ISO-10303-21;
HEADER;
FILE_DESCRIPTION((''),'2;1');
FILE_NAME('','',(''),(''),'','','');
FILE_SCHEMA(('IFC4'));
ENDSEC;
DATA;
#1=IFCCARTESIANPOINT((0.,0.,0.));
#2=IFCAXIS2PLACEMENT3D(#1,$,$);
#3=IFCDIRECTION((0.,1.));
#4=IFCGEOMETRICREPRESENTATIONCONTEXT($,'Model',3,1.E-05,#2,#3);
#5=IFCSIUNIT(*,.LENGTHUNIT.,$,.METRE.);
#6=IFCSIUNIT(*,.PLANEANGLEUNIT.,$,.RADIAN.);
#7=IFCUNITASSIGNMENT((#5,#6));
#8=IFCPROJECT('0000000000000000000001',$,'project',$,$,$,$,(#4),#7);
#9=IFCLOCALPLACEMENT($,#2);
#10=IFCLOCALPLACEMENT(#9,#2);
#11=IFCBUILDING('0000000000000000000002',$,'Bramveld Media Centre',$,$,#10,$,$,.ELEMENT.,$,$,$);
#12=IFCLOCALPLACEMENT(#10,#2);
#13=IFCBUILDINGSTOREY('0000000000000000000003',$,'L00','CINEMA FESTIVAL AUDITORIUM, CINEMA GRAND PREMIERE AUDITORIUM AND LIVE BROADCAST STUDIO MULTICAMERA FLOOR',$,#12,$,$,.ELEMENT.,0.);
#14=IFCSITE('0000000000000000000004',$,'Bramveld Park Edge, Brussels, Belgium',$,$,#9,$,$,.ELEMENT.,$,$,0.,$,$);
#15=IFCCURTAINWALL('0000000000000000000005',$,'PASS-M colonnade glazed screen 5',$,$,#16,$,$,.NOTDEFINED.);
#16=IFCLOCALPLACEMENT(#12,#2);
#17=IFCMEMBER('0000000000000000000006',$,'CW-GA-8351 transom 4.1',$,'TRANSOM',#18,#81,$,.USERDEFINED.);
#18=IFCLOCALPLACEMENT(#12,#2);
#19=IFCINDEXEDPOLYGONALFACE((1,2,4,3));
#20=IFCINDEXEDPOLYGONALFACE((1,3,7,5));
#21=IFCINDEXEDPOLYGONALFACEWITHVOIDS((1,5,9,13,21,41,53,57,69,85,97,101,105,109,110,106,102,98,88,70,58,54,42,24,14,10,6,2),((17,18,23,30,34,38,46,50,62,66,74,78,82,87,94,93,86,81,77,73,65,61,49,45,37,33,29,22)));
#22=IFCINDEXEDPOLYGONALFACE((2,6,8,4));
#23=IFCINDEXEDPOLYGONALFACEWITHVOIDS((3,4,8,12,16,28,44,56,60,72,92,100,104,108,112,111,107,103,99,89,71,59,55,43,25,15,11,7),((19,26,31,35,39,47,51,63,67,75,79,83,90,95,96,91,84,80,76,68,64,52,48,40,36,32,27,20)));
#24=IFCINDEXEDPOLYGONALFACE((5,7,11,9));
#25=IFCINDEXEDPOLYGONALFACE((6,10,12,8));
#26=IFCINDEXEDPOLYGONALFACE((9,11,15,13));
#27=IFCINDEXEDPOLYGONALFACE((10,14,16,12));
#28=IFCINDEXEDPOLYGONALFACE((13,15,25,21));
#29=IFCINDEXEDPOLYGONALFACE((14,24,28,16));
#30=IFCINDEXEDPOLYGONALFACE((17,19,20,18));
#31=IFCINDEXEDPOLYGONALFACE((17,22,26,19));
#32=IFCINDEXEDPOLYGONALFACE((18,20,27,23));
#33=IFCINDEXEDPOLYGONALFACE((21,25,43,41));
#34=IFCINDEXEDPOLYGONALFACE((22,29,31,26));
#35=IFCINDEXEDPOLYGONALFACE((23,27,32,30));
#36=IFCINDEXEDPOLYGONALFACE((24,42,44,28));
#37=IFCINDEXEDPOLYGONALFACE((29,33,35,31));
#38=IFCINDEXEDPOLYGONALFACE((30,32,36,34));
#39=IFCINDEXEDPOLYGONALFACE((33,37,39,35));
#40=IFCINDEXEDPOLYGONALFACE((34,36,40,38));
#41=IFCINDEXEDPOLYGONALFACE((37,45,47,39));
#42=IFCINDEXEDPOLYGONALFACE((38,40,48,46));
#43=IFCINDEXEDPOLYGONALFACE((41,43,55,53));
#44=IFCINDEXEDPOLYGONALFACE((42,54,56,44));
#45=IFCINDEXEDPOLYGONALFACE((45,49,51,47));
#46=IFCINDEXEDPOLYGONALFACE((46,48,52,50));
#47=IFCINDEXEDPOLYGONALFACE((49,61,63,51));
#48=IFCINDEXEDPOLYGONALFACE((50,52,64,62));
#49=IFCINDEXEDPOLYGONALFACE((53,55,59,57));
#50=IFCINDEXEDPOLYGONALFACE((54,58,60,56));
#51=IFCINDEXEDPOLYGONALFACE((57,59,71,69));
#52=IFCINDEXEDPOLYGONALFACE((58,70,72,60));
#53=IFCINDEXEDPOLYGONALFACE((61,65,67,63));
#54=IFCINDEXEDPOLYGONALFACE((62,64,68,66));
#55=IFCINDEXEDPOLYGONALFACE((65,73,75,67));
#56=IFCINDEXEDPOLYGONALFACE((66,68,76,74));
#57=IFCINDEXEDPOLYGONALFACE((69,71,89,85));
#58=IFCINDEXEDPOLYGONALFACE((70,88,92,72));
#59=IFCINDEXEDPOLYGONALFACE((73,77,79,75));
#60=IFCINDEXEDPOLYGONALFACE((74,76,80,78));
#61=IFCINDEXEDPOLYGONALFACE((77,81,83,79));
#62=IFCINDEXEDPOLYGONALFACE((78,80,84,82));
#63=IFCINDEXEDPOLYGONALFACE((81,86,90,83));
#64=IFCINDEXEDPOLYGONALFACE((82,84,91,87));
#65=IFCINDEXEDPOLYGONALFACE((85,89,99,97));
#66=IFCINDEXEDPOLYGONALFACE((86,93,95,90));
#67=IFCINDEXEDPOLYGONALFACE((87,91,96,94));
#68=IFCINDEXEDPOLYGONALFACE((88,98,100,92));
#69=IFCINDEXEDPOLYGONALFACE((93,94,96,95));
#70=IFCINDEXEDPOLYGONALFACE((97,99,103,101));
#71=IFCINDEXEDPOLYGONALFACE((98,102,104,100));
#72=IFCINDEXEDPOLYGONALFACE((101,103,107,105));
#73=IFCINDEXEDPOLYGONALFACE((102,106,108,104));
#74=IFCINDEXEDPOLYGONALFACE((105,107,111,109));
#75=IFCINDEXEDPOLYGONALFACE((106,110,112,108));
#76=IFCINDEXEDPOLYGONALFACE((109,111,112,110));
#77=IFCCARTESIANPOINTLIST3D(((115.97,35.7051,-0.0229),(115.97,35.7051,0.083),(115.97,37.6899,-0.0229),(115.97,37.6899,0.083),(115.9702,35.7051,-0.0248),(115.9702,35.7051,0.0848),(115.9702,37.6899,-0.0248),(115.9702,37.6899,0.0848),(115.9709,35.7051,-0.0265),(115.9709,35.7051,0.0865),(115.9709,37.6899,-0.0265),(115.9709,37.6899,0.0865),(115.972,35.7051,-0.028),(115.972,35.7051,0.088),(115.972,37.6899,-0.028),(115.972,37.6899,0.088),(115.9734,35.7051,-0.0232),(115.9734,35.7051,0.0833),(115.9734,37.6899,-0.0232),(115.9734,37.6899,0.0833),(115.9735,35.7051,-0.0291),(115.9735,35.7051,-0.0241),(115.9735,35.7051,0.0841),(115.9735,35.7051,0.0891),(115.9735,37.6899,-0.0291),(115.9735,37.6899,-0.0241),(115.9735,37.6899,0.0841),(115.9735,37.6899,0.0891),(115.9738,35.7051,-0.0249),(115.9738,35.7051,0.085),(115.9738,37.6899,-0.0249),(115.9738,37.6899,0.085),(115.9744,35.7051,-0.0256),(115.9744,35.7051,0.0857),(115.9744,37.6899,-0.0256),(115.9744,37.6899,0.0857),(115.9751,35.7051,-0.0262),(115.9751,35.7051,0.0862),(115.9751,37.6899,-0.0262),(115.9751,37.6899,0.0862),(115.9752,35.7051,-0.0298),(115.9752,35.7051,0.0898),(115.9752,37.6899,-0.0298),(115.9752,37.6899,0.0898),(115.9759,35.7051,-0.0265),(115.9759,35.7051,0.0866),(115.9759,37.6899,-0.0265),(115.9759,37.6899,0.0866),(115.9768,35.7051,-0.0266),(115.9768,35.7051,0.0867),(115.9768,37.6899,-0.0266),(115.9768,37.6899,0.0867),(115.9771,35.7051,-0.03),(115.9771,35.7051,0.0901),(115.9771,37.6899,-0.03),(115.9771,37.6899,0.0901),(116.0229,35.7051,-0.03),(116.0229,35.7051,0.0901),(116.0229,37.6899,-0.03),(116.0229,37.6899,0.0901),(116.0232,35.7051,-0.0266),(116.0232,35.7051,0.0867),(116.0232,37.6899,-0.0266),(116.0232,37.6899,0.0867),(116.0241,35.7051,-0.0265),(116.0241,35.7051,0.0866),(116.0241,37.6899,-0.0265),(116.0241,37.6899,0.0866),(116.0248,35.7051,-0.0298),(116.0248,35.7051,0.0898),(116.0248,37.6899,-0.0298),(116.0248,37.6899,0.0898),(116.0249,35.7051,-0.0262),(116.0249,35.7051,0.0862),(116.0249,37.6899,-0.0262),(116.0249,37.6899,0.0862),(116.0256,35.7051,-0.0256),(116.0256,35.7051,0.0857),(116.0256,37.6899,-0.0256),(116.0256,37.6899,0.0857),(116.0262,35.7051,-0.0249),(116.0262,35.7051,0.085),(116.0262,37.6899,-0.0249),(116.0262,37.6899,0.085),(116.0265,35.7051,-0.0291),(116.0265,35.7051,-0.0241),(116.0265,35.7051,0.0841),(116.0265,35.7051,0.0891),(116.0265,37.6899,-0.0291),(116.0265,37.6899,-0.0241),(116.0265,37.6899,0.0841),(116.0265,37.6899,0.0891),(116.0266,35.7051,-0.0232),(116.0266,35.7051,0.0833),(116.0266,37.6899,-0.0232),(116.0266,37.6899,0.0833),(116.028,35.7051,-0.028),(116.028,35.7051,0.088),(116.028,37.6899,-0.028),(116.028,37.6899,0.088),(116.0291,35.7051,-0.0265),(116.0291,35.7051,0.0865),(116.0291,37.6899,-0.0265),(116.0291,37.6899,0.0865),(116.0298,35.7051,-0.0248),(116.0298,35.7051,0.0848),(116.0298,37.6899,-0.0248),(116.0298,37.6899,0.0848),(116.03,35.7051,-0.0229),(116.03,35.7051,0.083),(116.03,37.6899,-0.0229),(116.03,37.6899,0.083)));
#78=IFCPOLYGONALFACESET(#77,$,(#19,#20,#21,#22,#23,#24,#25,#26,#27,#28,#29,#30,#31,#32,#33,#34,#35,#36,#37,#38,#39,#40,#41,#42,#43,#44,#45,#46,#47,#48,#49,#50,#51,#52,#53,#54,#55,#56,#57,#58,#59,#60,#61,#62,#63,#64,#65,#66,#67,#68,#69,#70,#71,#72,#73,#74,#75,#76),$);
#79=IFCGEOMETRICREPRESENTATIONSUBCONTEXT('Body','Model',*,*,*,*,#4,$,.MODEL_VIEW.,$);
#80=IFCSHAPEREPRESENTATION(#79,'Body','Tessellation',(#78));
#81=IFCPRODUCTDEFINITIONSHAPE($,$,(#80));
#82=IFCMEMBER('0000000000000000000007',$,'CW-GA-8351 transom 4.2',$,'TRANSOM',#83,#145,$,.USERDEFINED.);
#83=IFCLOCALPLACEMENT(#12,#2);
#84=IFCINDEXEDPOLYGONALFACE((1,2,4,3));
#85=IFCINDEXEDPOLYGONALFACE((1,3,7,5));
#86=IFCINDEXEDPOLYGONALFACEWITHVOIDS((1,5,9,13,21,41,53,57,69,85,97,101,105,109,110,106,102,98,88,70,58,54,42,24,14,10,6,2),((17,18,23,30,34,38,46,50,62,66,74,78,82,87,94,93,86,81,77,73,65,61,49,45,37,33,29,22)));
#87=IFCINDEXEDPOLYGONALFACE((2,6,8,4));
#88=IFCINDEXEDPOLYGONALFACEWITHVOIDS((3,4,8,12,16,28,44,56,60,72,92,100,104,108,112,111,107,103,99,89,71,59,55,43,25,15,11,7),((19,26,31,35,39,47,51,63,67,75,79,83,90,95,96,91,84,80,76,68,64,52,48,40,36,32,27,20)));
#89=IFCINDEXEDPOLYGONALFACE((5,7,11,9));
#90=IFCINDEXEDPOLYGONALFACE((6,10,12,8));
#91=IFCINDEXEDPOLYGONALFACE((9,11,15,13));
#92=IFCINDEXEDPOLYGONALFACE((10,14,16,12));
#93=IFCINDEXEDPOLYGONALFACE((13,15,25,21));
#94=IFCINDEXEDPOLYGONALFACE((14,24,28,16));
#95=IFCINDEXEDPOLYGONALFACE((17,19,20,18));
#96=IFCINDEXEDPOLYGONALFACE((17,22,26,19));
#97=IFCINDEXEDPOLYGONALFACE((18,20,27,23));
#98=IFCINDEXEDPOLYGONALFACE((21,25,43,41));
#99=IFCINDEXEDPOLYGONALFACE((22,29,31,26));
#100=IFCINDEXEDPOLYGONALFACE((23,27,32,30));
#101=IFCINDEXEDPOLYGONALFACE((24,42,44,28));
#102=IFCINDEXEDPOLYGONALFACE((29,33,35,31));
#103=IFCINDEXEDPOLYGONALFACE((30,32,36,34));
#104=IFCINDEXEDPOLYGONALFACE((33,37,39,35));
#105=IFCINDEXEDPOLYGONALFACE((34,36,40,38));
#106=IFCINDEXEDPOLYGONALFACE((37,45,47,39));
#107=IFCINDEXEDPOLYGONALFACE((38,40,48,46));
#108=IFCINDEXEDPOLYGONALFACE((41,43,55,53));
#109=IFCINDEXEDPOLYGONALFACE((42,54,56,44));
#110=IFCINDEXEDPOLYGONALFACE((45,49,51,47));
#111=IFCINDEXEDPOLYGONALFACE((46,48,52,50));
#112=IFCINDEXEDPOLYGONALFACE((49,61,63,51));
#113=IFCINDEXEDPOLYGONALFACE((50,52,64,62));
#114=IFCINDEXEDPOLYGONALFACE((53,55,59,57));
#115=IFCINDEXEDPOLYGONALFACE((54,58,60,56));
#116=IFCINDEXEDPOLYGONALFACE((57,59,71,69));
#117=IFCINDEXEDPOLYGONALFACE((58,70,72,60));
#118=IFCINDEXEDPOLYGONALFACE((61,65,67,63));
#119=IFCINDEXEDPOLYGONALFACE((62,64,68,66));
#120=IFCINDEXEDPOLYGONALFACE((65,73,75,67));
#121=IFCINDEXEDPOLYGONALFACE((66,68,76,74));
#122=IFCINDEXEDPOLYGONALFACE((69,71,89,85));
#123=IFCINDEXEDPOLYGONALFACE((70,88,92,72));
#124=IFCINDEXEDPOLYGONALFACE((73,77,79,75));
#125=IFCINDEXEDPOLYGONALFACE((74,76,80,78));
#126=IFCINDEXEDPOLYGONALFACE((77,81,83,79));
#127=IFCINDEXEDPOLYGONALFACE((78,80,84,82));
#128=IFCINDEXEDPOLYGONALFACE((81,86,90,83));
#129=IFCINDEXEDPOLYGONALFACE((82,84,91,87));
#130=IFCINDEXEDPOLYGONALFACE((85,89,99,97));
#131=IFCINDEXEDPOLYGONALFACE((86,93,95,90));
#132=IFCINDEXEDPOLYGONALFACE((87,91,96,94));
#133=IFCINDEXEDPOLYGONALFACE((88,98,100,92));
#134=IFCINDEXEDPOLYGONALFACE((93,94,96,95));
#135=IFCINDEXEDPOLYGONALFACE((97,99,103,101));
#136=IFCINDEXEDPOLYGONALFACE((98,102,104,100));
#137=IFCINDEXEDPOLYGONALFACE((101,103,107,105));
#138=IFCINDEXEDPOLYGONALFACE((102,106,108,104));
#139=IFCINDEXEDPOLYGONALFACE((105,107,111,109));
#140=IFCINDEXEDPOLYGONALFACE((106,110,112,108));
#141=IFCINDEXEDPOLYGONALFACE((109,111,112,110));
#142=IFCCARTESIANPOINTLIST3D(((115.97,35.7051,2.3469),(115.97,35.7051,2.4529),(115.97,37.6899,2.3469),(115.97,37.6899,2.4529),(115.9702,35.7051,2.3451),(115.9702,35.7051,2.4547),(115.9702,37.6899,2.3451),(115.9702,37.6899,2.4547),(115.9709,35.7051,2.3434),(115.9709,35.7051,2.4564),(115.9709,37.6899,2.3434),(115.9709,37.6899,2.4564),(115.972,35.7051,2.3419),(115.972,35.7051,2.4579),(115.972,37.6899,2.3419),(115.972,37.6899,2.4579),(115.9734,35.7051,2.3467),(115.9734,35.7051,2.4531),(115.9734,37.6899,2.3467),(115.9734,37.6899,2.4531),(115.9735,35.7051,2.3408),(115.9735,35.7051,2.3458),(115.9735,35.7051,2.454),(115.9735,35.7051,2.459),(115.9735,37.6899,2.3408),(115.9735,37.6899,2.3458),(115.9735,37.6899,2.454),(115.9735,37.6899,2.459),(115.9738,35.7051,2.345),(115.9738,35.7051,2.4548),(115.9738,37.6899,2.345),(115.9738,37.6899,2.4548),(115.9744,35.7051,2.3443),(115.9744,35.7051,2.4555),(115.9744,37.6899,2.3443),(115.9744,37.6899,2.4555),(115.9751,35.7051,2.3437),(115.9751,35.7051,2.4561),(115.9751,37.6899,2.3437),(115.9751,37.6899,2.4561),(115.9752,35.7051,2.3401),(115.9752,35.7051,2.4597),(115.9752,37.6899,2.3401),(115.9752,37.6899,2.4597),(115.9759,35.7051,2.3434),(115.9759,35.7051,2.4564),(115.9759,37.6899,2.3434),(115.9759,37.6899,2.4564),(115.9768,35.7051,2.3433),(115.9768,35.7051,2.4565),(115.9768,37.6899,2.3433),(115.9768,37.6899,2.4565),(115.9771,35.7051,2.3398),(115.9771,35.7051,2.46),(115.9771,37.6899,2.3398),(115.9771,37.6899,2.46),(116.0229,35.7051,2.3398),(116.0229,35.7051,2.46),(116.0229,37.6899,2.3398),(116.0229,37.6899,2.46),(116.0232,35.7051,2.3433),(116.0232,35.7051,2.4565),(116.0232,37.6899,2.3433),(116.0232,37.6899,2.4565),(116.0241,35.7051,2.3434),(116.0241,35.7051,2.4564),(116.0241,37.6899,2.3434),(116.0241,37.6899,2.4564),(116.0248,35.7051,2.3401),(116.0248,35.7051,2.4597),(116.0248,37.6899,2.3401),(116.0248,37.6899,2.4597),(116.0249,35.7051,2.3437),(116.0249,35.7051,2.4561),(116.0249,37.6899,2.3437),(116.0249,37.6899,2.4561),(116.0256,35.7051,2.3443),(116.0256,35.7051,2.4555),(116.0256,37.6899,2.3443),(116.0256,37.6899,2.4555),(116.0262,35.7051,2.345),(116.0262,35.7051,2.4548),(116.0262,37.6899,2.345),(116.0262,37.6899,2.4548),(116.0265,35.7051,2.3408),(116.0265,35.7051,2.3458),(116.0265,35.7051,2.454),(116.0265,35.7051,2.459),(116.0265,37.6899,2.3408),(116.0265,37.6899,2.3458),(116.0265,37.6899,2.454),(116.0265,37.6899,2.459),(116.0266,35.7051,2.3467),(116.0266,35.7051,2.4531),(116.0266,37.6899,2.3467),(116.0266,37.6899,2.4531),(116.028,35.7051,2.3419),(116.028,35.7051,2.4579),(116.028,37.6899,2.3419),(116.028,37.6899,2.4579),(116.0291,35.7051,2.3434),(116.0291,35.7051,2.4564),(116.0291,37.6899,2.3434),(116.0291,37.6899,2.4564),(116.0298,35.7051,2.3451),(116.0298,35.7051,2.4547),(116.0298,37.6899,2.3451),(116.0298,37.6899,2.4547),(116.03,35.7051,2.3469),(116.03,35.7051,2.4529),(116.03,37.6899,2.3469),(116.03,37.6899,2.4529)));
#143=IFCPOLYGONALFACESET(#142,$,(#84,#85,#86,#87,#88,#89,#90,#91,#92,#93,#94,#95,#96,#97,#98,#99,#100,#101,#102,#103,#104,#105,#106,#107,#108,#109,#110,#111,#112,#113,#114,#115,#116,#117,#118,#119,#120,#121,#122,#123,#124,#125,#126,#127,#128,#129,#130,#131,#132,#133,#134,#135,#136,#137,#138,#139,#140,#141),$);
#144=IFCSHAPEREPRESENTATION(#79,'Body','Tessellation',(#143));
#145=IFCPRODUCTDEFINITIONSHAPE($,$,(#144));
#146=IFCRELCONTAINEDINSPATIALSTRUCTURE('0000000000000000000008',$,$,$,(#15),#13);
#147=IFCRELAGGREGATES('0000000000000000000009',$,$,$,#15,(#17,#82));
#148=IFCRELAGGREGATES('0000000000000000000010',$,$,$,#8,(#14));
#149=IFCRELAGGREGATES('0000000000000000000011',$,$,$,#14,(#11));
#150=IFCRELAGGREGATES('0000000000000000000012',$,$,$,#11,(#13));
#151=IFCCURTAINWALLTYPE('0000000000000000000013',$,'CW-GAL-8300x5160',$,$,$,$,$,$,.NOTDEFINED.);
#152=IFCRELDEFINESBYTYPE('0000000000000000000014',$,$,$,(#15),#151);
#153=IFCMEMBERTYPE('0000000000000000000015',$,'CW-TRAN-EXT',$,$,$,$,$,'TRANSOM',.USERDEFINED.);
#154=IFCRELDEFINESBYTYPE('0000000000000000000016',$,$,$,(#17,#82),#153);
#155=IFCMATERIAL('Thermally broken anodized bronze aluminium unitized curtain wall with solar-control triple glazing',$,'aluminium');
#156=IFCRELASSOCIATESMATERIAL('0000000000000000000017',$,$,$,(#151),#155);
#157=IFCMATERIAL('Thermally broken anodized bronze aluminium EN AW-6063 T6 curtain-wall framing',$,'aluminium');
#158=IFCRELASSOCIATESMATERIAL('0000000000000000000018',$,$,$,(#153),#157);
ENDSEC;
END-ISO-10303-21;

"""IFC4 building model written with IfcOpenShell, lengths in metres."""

from ifc_helpers import new_model, si_unit, direction, frame, origin, origin_2d, place, context, subcontext, project, spatial, hollow_rectangle, extrude, material, material_profile, profile_set, type_object, element, aggregate, save


model = new_model("IFC4")

# Units and contexts
model_context = context("Model", 3, precision=1e-05, world=origin(), true_north=direction((0.0, 1.0)))
body_context = subcontext(model_context, "Body", "Model", "MODEL_VIEW")
ifc_project = project(units=[si_unit("LENGTHUNIT", "METRE"), si_unit("PLANEANGLEUNIT", "RADIAN")], contexts=[model_context])

# Site, building, storey
site_placement = place(None, origin())
site = spatial("IfcSite", under=ifc_project, at=site_placement, Name="Bramveld Park Edge, Brussels, Belgium", CompositionType="ELEMENT", RefElevation=0.0)
building_placement = place(site_placement, origin())
building = spatial("IfcBuilding", under=site, at=building_placement, Name="Bramveld Media Centre", CompositionType="ELEMENT")
storey_placement = place(building_placement, origin())
storey = spatial("IfcBuildingStorey", under=building, at=storey_placement, Name="L00", Description="CINEMA FESTIVAL AUDITORIUM, CINEMA GRAND PREMIERE AUDITORIUM AND LIVE BROADCAST STUDIO MULTICAMERA FLOOR", CompositionType="ELEMENT", Elevation=0.0)

# Curtain wall, members
ifc_material_1 = material(Name="Thermally broken anodized bronze aluminium unitized curtain wall with solar-control triple glazing", Category="aluminium")
curtain_wall_type = type_object("IfcCurtainWallType", Name="CW-GAL-8300x5160", PredefinedType="NOTDEFINED", material=ifc_material_1)
curtain_wall_1_placement = place(storey_placement, origin())
curtain_wall_1 = element("IfcCurtainWall", 1, at=curtain_wall_1_placement, inside=storey, type_object=curtain_wall_type, Name="PASS-M colonnade glazed screen 5", PredefinedType="NOTDEFINED")
ifc_material_2 = material(Name="Thermally broken anodized bronze aluminium EN AW-6063 T6 curtain-wall framing", Category="aluminium")
ifc_material_profile_1 = material_profile(ifc_material_2, hollow_rectangle(XDim=0.0601, YDim=0.1201, WallThickness=0.0034, InnerFilletRadius=0.0034, OuterFilletRadius=0.0071, at=origin_2d()), Name="AL-TRAN 60x120")
ifc_profile_set_1 = profile_set([ifc_material_profile_1], Name="Thermally broken anodized bronze aluminium EN AW-6063 T6 curtain-wall framing")
member_type_1 = type_object("IfcMemberType", Name="CW-TRAN-EXT", ElementType="TRANSOM", PredefinedType="USERDEFINED", material=ifc_profile_set_1)
member_1_placement = place(storey_placement, frame((116.0, 35.7051, 0.03), z_axis=(0.0, 1.0, 0.0), x_axis=(-1.0, 0.0, 0.0)))
member_1 = element("IfcMember", 2, at=member_1_placement, type_object=member_type_1, Name="CW-GA-8351 transom 4.1", ObjectType="TRANSOM", PredefinedType="USERDEFINED", context=body_context, shape_type="SweptSolid", body=[
    extrude(hollow_rectangle(XDim=0.0601, YDim=0.1201, WallThickness=0.0034, InnerFilletRadius=0.0034, OuterFilletRadius=0.0071, at=origin_2d()), origin(), (0.0, 0.0, 1.0), 1.9849),
])
member_2_placement = place(storey_placement, frame((116.0, 35.7051, 2.3999), z_axis=(0.0, 1.0, 0.0), x_axis=(-1.0, 0.0, 0.0)))
member_2 = element("IfcMember", 3, at=member_2_placement, type_object=member_type_1, Name="CW-GA-8351 transom 4.2", ObjectType="TRANSOM", PredefinedType="USERDEFINED", context=body_context, shape_type="SweptSolid", body=[
    extrude(hollow_rectangle(XDim=0.0601, YDim=0.1201, WallThickness=0.0034, InnerFilletRadius=0.0034, OuterFilletRadius=0.0071, at=origin_2d()), origin(), (0.0, 0.0, 1.0), 1.9849),
])

aggregate(curtain_wall_1, [member_1, member_2])

save(model, "model.ifc")
